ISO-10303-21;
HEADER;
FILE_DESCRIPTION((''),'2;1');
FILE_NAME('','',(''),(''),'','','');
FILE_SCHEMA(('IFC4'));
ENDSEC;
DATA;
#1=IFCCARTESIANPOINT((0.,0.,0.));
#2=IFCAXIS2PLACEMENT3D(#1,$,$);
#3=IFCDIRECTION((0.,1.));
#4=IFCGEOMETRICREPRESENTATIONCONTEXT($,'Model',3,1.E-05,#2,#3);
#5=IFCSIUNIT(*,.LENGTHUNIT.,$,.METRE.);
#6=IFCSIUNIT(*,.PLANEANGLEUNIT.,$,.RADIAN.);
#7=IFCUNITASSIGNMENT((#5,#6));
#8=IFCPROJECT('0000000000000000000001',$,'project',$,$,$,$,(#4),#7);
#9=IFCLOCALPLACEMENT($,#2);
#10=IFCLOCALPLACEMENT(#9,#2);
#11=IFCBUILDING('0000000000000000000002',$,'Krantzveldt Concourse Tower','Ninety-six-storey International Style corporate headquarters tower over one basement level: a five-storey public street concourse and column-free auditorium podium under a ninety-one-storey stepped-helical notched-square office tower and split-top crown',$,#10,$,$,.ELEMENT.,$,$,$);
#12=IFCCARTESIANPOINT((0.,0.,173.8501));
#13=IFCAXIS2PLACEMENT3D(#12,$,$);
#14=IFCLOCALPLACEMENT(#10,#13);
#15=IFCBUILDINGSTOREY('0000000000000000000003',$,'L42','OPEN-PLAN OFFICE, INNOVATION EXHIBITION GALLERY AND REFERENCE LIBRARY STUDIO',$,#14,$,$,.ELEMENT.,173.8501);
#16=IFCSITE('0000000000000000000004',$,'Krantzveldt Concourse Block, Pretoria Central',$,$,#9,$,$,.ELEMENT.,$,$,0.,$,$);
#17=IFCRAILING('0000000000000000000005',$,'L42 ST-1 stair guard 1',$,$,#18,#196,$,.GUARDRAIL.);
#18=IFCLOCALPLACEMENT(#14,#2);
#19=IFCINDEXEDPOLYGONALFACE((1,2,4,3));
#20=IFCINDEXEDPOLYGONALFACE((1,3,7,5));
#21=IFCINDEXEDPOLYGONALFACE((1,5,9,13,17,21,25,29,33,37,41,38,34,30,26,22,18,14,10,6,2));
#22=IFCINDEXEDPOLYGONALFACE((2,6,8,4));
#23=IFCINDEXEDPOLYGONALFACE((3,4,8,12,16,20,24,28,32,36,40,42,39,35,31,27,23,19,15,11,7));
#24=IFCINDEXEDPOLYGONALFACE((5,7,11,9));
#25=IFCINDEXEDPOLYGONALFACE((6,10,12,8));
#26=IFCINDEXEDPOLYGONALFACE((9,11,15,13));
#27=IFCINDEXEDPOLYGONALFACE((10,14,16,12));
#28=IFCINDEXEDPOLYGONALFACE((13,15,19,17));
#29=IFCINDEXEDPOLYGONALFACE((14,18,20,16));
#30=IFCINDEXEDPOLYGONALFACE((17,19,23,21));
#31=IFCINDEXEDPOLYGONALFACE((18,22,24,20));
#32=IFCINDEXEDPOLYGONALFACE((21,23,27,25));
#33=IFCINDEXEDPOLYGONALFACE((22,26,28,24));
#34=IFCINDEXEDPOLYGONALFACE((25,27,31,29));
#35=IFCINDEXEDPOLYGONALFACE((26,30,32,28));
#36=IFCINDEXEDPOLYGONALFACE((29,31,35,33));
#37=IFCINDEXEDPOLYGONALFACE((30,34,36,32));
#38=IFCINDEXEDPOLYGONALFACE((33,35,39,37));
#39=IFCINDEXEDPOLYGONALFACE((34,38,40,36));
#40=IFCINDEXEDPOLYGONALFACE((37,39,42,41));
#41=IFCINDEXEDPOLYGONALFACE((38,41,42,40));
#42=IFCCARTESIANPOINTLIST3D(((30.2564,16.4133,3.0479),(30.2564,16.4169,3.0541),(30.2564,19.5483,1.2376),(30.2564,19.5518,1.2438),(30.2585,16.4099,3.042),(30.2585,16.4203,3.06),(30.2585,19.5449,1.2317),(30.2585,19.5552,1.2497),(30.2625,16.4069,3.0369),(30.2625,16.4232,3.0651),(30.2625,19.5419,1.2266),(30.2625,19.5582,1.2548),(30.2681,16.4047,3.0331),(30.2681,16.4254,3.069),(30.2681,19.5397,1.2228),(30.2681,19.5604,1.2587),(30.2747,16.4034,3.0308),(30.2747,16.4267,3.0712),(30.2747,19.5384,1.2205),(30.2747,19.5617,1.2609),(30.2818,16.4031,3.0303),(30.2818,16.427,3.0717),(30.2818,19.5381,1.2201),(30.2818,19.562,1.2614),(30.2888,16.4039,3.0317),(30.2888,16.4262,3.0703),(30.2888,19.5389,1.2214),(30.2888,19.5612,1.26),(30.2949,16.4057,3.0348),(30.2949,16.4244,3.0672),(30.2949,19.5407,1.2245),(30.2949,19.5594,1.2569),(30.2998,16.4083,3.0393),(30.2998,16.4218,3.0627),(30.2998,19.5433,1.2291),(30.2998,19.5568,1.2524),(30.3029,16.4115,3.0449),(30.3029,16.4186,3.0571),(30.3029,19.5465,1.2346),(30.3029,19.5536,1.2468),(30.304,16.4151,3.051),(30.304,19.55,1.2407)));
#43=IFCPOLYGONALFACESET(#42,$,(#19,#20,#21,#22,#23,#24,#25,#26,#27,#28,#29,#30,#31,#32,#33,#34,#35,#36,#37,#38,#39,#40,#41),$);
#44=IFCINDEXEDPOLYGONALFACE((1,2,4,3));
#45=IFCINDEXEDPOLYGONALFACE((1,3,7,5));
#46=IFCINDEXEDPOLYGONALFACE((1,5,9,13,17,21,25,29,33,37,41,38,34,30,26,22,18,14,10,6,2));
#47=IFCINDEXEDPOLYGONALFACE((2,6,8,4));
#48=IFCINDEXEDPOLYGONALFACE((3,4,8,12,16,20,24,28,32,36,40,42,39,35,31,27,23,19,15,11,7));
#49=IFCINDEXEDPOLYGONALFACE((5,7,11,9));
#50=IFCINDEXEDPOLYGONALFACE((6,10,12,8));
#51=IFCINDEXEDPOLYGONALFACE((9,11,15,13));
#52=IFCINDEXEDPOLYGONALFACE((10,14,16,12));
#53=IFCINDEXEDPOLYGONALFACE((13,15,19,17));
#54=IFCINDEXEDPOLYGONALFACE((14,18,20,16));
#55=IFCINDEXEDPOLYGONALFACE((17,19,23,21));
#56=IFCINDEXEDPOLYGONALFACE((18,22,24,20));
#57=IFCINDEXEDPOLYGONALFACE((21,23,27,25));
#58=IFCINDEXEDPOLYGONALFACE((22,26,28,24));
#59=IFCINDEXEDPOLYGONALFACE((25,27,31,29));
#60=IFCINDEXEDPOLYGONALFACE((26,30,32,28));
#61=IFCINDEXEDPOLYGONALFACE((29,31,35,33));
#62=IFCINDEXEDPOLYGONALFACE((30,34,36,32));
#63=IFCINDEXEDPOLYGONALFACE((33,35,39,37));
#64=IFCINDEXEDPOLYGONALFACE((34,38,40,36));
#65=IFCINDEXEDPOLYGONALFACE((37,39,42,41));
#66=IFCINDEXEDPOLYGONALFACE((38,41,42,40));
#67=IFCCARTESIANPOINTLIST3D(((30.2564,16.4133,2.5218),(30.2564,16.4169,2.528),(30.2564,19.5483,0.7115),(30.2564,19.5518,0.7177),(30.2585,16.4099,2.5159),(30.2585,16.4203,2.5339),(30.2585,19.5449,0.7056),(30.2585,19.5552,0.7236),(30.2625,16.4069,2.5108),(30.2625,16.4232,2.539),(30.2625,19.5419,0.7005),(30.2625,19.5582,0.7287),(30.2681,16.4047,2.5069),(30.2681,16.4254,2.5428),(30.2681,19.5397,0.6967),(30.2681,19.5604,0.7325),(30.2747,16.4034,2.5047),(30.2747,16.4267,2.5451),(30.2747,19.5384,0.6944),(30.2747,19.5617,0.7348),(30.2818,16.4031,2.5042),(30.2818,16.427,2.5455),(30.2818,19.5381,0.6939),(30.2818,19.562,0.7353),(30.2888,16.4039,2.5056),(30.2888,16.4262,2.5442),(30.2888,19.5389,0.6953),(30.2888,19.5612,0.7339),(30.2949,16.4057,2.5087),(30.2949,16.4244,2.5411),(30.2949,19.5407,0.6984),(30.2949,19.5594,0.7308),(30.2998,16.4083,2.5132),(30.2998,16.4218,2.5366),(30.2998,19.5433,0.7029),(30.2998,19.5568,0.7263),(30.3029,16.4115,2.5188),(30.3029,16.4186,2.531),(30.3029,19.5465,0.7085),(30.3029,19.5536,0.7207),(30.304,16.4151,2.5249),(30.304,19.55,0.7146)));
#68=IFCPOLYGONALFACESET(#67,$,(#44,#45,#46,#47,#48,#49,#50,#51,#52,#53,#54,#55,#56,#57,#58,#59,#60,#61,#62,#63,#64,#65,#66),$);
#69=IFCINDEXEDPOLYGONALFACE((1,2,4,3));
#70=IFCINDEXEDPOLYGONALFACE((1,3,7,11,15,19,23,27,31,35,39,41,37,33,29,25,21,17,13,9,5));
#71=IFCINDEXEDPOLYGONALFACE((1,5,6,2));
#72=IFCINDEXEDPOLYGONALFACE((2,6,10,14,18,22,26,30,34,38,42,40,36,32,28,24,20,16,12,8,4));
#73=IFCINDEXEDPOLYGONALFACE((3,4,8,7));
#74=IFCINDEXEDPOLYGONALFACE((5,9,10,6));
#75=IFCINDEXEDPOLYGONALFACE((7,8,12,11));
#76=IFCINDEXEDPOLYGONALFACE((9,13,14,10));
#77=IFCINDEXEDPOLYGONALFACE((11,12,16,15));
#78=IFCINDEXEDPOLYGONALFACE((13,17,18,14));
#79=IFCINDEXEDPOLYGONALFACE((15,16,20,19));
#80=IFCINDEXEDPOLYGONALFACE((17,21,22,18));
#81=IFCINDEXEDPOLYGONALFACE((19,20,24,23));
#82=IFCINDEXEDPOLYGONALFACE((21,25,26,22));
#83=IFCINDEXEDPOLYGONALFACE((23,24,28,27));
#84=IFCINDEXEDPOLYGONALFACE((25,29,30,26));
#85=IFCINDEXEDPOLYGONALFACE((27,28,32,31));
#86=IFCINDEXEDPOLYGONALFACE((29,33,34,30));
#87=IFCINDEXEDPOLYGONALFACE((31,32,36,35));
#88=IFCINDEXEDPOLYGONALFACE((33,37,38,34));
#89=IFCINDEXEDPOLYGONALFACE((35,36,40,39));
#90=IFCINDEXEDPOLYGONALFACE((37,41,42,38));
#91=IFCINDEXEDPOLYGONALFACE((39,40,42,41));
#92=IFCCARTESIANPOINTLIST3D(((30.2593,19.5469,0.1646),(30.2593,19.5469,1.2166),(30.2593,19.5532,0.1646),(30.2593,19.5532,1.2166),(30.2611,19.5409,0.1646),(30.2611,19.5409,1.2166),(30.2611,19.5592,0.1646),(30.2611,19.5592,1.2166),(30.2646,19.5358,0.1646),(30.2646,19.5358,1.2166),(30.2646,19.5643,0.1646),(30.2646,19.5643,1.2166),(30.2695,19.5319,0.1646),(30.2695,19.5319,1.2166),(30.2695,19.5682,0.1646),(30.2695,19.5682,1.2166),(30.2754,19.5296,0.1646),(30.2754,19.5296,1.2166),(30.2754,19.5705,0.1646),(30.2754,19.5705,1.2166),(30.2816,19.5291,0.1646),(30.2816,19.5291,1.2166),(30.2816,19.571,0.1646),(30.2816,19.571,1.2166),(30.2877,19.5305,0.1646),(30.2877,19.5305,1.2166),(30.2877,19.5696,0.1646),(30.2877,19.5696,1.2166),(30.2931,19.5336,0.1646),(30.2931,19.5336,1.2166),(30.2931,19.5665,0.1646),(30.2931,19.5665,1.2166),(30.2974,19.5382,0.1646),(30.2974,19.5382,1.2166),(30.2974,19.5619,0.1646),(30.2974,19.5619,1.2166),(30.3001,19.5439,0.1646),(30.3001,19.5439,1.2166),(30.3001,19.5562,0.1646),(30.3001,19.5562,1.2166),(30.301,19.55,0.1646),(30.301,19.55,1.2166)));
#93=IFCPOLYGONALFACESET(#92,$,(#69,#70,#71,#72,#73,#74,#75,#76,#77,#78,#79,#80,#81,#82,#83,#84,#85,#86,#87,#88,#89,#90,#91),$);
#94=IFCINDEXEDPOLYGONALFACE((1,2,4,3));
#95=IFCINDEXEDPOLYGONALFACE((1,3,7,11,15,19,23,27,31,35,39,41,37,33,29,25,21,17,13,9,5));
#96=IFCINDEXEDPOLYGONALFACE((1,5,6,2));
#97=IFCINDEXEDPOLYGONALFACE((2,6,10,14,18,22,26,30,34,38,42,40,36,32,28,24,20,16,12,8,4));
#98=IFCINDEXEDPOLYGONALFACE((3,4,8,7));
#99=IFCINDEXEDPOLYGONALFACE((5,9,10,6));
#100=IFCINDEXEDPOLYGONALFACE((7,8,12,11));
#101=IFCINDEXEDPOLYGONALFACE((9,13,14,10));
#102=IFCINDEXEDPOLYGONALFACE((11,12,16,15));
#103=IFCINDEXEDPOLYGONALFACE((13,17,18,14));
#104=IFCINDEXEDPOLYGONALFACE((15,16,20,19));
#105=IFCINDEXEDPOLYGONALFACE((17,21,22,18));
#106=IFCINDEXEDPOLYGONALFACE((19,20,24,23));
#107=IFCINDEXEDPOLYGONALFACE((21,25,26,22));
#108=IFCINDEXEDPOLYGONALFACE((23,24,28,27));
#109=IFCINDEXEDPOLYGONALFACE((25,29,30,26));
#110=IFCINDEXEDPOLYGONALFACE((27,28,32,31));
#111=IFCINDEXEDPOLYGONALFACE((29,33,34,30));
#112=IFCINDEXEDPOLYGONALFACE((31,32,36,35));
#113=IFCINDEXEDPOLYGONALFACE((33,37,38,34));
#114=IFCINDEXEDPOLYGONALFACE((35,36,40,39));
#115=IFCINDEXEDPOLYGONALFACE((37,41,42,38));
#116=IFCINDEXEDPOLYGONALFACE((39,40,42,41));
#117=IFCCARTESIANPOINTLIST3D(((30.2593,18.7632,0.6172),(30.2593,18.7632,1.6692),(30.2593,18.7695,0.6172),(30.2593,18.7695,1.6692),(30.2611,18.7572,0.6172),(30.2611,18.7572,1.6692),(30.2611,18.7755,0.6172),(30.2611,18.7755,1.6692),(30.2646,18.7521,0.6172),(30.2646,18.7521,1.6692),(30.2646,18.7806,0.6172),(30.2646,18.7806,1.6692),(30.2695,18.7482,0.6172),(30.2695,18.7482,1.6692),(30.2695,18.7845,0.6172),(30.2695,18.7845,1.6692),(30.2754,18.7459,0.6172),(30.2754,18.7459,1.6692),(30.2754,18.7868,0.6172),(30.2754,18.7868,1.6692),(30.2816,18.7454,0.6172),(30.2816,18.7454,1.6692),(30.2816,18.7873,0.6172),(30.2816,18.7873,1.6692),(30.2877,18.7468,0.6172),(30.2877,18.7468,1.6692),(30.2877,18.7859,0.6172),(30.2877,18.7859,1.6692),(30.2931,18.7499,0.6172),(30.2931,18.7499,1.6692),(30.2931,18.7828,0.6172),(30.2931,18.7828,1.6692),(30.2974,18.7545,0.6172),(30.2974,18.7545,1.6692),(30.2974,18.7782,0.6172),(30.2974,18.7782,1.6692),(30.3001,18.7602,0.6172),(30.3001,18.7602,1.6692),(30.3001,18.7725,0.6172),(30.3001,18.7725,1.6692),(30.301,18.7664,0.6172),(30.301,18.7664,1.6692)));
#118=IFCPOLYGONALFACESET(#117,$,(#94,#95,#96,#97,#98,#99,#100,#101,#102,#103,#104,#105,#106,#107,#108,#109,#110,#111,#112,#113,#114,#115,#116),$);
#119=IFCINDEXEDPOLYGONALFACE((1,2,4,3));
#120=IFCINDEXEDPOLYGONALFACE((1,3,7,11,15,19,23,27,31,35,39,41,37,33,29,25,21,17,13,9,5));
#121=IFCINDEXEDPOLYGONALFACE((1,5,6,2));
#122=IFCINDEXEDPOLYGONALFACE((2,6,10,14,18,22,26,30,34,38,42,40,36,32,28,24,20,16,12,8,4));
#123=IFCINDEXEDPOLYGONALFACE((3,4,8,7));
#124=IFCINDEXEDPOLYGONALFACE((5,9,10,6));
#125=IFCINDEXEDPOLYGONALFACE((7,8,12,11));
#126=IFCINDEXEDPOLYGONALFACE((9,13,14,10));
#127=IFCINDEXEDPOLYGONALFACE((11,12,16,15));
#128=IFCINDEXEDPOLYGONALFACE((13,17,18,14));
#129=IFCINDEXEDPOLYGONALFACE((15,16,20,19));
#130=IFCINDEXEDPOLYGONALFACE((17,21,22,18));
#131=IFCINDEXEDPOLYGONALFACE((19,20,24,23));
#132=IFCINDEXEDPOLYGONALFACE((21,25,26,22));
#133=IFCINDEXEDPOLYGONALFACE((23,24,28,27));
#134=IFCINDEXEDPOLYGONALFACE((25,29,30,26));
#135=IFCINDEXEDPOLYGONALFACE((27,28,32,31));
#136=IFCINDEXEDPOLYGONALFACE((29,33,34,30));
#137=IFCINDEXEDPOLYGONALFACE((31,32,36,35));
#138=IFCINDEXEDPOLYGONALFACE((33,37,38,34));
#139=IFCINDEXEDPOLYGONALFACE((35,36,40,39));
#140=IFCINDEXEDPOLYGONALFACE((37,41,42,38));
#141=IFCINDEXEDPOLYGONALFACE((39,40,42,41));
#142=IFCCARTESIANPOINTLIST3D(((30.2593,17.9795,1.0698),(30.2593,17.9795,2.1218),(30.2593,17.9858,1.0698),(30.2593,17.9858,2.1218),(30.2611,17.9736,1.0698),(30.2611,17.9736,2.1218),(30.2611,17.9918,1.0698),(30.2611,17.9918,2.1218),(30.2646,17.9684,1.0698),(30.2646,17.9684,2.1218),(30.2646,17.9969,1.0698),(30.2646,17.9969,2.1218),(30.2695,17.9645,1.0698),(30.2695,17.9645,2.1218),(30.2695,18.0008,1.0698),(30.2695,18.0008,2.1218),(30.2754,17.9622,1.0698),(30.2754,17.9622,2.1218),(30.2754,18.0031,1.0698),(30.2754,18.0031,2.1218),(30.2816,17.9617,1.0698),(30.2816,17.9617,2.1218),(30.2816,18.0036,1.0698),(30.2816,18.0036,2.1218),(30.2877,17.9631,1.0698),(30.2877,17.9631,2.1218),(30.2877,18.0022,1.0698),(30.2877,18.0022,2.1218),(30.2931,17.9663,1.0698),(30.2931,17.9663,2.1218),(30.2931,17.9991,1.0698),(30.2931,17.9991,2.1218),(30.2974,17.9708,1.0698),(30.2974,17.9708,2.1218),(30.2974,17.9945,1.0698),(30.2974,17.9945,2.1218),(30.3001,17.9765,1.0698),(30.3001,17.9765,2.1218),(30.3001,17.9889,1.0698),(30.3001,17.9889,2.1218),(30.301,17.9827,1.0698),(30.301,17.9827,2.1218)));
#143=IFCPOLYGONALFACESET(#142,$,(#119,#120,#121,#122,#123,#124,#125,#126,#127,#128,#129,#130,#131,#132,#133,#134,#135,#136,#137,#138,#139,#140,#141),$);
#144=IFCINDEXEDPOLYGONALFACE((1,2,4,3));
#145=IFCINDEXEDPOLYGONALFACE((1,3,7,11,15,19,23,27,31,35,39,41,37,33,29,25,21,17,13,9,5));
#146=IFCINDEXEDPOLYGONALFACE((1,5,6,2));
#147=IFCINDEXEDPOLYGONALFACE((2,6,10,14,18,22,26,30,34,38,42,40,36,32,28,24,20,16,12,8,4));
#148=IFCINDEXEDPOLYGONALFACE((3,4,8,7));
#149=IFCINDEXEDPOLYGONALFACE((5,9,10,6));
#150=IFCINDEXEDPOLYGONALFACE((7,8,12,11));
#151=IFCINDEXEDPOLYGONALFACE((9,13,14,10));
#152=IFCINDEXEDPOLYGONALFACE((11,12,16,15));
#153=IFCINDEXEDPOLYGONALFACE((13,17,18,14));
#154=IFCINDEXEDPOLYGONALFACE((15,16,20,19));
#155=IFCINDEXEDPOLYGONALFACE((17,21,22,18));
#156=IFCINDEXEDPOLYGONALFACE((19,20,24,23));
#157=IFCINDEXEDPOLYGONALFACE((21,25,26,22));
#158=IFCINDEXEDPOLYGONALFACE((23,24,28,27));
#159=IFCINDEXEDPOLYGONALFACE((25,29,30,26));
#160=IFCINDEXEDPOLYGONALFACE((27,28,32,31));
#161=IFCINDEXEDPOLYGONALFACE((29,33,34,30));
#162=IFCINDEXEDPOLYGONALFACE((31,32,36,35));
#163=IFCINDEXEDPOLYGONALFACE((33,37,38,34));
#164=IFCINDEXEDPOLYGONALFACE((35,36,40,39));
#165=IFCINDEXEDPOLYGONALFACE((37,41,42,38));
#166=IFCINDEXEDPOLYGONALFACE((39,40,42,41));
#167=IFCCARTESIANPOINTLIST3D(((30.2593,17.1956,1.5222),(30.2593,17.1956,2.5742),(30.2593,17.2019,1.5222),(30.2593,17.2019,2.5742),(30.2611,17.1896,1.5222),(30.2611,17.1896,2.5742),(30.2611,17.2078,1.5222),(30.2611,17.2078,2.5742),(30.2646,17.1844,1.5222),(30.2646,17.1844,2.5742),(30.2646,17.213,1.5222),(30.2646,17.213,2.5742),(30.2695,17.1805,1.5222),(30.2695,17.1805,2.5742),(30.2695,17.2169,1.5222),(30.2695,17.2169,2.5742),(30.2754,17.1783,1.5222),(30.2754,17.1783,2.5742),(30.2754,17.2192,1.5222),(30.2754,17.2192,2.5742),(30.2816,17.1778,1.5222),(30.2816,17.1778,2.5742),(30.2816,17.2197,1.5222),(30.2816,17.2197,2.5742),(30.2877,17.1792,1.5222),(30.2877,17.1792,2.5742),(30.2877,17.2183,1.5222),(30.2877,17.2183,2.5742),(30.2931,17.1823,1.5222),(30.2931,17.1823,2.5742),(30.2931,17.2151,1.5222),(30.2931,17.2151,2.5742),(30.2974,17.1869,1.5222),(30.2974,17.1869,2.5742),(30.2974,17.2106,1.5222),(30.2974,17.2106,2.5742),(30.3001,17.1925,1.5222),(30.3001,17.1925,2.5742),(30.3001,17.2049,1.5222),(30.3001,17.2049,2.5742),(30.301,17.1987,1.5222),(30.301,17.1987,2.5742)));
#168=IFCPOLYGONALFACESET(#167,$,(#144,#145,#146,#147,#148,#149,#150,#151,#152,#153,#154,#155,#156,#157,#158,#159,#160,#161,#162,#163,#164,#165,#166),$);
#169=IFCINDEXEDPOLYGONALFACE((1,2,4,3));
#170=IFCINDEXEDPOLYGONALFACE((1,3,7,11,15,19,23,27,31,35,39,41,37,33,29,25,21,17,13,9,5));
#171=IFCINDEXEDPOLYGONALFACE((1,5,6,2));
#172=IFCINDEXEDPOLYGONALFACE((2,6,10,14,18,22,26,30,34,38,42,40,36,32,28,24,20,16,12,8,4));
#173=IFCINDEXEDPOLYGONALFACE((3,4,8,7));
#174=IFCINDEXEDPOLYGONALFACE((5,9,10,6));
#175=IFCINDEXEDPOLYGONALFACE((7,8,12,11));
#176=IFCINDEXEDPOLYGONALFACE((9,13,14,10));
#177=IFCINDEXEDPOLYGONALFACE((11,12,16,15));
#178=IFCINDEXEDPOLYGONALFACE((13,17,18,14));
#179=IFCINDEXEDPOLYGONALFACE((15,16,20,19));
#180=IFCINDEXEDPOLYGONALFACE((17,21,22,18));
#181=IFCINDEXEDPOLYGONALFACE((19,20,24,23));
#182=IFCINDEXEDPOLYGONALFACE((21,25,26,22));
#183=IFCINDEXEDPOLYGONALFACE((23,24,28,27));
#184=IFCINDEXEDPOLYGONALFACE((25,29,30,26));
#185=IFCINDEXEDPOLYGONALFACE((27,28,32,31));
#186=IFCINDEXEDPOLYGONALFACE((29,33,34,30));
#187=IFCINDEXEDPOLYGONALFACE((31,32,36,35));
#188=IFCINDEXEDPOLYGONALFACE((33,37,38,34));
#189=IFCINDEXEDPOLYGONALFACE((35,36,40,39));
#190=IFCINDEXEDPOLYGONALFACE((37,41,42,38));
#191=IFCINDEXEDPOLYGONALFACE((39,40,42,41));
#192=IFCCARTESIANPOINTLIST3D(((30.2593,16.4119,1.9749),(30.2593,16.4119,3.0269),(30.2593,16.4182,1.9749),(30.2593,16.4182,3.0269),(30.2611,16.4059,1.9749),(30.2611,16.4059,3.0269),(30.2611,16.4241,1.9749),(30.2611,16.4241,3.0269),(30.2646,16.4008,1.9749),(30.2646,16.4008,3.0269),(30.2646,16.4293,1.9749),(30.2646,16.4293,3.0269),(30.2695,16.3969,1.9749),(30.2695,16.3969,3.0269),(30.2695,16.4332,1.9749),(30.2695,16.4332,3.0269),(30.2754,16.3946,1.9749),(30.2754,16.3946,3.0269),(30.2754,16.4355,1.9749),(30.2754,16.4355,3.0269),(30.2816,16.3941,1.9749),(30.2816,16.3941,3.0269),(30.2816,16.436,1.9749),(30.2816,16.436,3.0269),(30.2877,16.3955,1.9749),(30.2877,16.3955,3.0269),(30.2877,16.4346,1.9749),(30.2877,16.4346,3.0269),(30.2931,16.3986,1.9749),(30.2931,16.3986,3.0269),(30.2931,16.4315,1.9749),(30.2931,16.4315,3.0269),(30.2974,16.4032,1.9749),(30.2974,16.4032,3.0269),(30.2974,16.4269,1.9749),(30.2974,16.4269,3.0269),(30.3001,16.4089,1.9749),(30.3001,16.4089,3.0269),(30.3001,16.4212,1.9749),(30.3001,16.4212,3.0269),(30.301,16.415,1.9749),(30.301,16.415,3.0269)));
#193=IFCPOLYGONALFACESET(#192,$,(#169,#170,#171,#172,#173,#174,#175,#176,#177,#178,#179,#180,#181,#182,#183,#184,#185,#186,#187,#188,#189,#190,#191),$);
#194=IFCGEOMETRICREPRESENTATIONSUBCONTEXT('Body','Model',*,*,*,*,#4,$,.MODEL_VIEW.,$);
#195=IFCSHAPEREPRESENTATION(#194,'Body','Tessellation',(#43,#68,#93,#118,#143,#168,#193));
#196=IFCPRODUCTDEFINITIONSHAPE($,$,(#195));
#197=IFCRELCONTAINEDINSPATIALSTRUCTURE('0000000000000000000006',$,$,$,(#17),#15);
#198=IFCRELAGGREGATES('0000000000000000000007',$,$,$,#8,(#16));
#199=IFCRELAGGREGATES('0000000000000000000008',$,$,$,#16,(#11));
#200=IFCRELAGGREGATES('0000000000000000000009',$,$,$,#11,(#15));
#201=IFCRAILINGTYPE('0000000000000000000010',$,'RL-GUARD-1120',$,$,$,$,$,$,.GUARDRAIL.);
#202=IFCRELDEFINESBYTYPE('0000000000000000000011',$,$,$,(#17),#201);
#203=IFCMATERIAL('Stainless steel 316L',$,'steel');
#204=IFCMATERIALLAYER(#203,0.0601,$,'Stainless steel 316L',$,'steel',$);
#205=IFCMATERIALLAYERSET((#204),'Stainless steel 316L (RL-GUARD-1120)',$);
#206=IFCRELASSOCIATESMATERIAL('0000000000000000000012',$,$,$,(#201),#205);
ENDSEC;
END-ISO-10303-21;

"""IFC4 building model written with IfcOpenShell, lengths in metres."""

from ifc_helpers import new_model, si_unit, direction, frame, origin, origin_2d, place, context, subcontext, project, spatial, circle, extrude, material, layer, layer_set, type_object, element, save


model = new_model("IFC4")

# Units and contexts
model_context = context("Model", 3, precision=1e-05, world=origin(), true_north=direction((0.0, 1.0)))
body_context = subcontext(model_context, "Body", "Model", "MODEL_VIEW")
ifc_project = project(units=[si_unit("LENGTHUNIT", "METRE"), si_unit("PLANEANGLEUNIT", "RADIAN")], contexts=[model_context])

# Site, building, storey
site_placement = place(None, origin())
site = spatial("IfcSite", under=ifc_project, at=site_placement, Name="Krantzveldt Concourse Block, Pretoria Central", CompositionType="ELEMENT", RefElevation=0.0)
building_placement = place(site_placement, origin())
building = spatial("IfcBuilding", under=site, at=building_placement, Name="Krantzveldt Concourse Tower", Description="Ninety-six-storey International Style corporate headquarters tower over one basement level: a five-storey public street concourse and column-free auditorium podium under a ninety-one-storey stepped-helical notched-square office tower and split-top crown", CompositionType="ELEMENT")
storey_placement = place(building_placement, frame((0.0, 0.0, 173.8501)))
storey = spatial("IfcBuildingStorey", under=building, at=storey_placement, Name="L42", Description="OPEN-PLAN OFFICE, INNOVATION EXHIBITION GALLERY AND REFERENCE LIBRARY STUDIO", CompositionType="ELEMENT", Elevation=173.8501)

# Shared definitions
ifc_material_1 = material(Name="Stainless steel 316L", Category="steel")

# Railing
ifc_layer_1 = layer(ifc_material_1, 0.0601, Name="Stainless steel 316L", Category="steel")
ifc_layer_set_1 = layer_set([ifc_layer_1], Name="Stainless steel 316L (RL-GUARD-1120)")
railing_type_1 = type_object("IfcRailingType", Name="RL-GUARD-1120", PredefinedType="GUARDRAIL", material=ifc_layer_set_1)
railing_1_placement = place(storey_placement, frame((30.28, 19.55, 0.1646)))
element("IfcRailing", 1, at=railing_1_placement, inside=storey, type_object=railing_type_1, Name="L42 ST-1 stair guard 1", PredefinedType="GUARDRAIL", context=body_context, shape_type="SweptSolid", body=[
    extrude(circle(Radius=0.0239, at=origin_2d()), frame((0.0, 0.0, 1.0762), z_axis=(0.0, -0.865989, 0.500063), x_axis=(1.0, 0.0, 0.0)), (0.0, 0.0, 1.0), 3.6201),
    extrude(circle(Radius=0.0239, at=origin_2d()), frame((0.0, 0.0, 0.55), z_axis=(0.0, -0.865989, 0.500063), x_axis=(1.0, 0.0, 0.0)), (0.0, 0.0, 1.0), 3.6201),
    extrude(circle(Radius=0.021, at=origin_2d()), origin(), (0.0, 0.0, 1.0), 1.052),
    extrude(circle(Radius=0.021, at=origin_2d()), frame((0.0, -0.7837, 0.4526)), (0.0, 0.0, 1.0), 1.052),
    extrude(circle(Radius=0.021, at=origin_2d()), frame((0.0, -1.5674, 0.9053)), (0.0, 0.0, 1.0), 1.052),
    extrude(circle(Radius=0.021, at=origin_2d()), frame((0.0, -2.3513, 1.3577)), (0.0, 0.0, 1.0), 1.052),
    extrude(circle(Radius=0.021, at=origin_2d()), frame((0.0, -3.135, 1.8103)), (0.0, 0.0, 1.0), 1.052),
])

save(model, "model.ifc")
